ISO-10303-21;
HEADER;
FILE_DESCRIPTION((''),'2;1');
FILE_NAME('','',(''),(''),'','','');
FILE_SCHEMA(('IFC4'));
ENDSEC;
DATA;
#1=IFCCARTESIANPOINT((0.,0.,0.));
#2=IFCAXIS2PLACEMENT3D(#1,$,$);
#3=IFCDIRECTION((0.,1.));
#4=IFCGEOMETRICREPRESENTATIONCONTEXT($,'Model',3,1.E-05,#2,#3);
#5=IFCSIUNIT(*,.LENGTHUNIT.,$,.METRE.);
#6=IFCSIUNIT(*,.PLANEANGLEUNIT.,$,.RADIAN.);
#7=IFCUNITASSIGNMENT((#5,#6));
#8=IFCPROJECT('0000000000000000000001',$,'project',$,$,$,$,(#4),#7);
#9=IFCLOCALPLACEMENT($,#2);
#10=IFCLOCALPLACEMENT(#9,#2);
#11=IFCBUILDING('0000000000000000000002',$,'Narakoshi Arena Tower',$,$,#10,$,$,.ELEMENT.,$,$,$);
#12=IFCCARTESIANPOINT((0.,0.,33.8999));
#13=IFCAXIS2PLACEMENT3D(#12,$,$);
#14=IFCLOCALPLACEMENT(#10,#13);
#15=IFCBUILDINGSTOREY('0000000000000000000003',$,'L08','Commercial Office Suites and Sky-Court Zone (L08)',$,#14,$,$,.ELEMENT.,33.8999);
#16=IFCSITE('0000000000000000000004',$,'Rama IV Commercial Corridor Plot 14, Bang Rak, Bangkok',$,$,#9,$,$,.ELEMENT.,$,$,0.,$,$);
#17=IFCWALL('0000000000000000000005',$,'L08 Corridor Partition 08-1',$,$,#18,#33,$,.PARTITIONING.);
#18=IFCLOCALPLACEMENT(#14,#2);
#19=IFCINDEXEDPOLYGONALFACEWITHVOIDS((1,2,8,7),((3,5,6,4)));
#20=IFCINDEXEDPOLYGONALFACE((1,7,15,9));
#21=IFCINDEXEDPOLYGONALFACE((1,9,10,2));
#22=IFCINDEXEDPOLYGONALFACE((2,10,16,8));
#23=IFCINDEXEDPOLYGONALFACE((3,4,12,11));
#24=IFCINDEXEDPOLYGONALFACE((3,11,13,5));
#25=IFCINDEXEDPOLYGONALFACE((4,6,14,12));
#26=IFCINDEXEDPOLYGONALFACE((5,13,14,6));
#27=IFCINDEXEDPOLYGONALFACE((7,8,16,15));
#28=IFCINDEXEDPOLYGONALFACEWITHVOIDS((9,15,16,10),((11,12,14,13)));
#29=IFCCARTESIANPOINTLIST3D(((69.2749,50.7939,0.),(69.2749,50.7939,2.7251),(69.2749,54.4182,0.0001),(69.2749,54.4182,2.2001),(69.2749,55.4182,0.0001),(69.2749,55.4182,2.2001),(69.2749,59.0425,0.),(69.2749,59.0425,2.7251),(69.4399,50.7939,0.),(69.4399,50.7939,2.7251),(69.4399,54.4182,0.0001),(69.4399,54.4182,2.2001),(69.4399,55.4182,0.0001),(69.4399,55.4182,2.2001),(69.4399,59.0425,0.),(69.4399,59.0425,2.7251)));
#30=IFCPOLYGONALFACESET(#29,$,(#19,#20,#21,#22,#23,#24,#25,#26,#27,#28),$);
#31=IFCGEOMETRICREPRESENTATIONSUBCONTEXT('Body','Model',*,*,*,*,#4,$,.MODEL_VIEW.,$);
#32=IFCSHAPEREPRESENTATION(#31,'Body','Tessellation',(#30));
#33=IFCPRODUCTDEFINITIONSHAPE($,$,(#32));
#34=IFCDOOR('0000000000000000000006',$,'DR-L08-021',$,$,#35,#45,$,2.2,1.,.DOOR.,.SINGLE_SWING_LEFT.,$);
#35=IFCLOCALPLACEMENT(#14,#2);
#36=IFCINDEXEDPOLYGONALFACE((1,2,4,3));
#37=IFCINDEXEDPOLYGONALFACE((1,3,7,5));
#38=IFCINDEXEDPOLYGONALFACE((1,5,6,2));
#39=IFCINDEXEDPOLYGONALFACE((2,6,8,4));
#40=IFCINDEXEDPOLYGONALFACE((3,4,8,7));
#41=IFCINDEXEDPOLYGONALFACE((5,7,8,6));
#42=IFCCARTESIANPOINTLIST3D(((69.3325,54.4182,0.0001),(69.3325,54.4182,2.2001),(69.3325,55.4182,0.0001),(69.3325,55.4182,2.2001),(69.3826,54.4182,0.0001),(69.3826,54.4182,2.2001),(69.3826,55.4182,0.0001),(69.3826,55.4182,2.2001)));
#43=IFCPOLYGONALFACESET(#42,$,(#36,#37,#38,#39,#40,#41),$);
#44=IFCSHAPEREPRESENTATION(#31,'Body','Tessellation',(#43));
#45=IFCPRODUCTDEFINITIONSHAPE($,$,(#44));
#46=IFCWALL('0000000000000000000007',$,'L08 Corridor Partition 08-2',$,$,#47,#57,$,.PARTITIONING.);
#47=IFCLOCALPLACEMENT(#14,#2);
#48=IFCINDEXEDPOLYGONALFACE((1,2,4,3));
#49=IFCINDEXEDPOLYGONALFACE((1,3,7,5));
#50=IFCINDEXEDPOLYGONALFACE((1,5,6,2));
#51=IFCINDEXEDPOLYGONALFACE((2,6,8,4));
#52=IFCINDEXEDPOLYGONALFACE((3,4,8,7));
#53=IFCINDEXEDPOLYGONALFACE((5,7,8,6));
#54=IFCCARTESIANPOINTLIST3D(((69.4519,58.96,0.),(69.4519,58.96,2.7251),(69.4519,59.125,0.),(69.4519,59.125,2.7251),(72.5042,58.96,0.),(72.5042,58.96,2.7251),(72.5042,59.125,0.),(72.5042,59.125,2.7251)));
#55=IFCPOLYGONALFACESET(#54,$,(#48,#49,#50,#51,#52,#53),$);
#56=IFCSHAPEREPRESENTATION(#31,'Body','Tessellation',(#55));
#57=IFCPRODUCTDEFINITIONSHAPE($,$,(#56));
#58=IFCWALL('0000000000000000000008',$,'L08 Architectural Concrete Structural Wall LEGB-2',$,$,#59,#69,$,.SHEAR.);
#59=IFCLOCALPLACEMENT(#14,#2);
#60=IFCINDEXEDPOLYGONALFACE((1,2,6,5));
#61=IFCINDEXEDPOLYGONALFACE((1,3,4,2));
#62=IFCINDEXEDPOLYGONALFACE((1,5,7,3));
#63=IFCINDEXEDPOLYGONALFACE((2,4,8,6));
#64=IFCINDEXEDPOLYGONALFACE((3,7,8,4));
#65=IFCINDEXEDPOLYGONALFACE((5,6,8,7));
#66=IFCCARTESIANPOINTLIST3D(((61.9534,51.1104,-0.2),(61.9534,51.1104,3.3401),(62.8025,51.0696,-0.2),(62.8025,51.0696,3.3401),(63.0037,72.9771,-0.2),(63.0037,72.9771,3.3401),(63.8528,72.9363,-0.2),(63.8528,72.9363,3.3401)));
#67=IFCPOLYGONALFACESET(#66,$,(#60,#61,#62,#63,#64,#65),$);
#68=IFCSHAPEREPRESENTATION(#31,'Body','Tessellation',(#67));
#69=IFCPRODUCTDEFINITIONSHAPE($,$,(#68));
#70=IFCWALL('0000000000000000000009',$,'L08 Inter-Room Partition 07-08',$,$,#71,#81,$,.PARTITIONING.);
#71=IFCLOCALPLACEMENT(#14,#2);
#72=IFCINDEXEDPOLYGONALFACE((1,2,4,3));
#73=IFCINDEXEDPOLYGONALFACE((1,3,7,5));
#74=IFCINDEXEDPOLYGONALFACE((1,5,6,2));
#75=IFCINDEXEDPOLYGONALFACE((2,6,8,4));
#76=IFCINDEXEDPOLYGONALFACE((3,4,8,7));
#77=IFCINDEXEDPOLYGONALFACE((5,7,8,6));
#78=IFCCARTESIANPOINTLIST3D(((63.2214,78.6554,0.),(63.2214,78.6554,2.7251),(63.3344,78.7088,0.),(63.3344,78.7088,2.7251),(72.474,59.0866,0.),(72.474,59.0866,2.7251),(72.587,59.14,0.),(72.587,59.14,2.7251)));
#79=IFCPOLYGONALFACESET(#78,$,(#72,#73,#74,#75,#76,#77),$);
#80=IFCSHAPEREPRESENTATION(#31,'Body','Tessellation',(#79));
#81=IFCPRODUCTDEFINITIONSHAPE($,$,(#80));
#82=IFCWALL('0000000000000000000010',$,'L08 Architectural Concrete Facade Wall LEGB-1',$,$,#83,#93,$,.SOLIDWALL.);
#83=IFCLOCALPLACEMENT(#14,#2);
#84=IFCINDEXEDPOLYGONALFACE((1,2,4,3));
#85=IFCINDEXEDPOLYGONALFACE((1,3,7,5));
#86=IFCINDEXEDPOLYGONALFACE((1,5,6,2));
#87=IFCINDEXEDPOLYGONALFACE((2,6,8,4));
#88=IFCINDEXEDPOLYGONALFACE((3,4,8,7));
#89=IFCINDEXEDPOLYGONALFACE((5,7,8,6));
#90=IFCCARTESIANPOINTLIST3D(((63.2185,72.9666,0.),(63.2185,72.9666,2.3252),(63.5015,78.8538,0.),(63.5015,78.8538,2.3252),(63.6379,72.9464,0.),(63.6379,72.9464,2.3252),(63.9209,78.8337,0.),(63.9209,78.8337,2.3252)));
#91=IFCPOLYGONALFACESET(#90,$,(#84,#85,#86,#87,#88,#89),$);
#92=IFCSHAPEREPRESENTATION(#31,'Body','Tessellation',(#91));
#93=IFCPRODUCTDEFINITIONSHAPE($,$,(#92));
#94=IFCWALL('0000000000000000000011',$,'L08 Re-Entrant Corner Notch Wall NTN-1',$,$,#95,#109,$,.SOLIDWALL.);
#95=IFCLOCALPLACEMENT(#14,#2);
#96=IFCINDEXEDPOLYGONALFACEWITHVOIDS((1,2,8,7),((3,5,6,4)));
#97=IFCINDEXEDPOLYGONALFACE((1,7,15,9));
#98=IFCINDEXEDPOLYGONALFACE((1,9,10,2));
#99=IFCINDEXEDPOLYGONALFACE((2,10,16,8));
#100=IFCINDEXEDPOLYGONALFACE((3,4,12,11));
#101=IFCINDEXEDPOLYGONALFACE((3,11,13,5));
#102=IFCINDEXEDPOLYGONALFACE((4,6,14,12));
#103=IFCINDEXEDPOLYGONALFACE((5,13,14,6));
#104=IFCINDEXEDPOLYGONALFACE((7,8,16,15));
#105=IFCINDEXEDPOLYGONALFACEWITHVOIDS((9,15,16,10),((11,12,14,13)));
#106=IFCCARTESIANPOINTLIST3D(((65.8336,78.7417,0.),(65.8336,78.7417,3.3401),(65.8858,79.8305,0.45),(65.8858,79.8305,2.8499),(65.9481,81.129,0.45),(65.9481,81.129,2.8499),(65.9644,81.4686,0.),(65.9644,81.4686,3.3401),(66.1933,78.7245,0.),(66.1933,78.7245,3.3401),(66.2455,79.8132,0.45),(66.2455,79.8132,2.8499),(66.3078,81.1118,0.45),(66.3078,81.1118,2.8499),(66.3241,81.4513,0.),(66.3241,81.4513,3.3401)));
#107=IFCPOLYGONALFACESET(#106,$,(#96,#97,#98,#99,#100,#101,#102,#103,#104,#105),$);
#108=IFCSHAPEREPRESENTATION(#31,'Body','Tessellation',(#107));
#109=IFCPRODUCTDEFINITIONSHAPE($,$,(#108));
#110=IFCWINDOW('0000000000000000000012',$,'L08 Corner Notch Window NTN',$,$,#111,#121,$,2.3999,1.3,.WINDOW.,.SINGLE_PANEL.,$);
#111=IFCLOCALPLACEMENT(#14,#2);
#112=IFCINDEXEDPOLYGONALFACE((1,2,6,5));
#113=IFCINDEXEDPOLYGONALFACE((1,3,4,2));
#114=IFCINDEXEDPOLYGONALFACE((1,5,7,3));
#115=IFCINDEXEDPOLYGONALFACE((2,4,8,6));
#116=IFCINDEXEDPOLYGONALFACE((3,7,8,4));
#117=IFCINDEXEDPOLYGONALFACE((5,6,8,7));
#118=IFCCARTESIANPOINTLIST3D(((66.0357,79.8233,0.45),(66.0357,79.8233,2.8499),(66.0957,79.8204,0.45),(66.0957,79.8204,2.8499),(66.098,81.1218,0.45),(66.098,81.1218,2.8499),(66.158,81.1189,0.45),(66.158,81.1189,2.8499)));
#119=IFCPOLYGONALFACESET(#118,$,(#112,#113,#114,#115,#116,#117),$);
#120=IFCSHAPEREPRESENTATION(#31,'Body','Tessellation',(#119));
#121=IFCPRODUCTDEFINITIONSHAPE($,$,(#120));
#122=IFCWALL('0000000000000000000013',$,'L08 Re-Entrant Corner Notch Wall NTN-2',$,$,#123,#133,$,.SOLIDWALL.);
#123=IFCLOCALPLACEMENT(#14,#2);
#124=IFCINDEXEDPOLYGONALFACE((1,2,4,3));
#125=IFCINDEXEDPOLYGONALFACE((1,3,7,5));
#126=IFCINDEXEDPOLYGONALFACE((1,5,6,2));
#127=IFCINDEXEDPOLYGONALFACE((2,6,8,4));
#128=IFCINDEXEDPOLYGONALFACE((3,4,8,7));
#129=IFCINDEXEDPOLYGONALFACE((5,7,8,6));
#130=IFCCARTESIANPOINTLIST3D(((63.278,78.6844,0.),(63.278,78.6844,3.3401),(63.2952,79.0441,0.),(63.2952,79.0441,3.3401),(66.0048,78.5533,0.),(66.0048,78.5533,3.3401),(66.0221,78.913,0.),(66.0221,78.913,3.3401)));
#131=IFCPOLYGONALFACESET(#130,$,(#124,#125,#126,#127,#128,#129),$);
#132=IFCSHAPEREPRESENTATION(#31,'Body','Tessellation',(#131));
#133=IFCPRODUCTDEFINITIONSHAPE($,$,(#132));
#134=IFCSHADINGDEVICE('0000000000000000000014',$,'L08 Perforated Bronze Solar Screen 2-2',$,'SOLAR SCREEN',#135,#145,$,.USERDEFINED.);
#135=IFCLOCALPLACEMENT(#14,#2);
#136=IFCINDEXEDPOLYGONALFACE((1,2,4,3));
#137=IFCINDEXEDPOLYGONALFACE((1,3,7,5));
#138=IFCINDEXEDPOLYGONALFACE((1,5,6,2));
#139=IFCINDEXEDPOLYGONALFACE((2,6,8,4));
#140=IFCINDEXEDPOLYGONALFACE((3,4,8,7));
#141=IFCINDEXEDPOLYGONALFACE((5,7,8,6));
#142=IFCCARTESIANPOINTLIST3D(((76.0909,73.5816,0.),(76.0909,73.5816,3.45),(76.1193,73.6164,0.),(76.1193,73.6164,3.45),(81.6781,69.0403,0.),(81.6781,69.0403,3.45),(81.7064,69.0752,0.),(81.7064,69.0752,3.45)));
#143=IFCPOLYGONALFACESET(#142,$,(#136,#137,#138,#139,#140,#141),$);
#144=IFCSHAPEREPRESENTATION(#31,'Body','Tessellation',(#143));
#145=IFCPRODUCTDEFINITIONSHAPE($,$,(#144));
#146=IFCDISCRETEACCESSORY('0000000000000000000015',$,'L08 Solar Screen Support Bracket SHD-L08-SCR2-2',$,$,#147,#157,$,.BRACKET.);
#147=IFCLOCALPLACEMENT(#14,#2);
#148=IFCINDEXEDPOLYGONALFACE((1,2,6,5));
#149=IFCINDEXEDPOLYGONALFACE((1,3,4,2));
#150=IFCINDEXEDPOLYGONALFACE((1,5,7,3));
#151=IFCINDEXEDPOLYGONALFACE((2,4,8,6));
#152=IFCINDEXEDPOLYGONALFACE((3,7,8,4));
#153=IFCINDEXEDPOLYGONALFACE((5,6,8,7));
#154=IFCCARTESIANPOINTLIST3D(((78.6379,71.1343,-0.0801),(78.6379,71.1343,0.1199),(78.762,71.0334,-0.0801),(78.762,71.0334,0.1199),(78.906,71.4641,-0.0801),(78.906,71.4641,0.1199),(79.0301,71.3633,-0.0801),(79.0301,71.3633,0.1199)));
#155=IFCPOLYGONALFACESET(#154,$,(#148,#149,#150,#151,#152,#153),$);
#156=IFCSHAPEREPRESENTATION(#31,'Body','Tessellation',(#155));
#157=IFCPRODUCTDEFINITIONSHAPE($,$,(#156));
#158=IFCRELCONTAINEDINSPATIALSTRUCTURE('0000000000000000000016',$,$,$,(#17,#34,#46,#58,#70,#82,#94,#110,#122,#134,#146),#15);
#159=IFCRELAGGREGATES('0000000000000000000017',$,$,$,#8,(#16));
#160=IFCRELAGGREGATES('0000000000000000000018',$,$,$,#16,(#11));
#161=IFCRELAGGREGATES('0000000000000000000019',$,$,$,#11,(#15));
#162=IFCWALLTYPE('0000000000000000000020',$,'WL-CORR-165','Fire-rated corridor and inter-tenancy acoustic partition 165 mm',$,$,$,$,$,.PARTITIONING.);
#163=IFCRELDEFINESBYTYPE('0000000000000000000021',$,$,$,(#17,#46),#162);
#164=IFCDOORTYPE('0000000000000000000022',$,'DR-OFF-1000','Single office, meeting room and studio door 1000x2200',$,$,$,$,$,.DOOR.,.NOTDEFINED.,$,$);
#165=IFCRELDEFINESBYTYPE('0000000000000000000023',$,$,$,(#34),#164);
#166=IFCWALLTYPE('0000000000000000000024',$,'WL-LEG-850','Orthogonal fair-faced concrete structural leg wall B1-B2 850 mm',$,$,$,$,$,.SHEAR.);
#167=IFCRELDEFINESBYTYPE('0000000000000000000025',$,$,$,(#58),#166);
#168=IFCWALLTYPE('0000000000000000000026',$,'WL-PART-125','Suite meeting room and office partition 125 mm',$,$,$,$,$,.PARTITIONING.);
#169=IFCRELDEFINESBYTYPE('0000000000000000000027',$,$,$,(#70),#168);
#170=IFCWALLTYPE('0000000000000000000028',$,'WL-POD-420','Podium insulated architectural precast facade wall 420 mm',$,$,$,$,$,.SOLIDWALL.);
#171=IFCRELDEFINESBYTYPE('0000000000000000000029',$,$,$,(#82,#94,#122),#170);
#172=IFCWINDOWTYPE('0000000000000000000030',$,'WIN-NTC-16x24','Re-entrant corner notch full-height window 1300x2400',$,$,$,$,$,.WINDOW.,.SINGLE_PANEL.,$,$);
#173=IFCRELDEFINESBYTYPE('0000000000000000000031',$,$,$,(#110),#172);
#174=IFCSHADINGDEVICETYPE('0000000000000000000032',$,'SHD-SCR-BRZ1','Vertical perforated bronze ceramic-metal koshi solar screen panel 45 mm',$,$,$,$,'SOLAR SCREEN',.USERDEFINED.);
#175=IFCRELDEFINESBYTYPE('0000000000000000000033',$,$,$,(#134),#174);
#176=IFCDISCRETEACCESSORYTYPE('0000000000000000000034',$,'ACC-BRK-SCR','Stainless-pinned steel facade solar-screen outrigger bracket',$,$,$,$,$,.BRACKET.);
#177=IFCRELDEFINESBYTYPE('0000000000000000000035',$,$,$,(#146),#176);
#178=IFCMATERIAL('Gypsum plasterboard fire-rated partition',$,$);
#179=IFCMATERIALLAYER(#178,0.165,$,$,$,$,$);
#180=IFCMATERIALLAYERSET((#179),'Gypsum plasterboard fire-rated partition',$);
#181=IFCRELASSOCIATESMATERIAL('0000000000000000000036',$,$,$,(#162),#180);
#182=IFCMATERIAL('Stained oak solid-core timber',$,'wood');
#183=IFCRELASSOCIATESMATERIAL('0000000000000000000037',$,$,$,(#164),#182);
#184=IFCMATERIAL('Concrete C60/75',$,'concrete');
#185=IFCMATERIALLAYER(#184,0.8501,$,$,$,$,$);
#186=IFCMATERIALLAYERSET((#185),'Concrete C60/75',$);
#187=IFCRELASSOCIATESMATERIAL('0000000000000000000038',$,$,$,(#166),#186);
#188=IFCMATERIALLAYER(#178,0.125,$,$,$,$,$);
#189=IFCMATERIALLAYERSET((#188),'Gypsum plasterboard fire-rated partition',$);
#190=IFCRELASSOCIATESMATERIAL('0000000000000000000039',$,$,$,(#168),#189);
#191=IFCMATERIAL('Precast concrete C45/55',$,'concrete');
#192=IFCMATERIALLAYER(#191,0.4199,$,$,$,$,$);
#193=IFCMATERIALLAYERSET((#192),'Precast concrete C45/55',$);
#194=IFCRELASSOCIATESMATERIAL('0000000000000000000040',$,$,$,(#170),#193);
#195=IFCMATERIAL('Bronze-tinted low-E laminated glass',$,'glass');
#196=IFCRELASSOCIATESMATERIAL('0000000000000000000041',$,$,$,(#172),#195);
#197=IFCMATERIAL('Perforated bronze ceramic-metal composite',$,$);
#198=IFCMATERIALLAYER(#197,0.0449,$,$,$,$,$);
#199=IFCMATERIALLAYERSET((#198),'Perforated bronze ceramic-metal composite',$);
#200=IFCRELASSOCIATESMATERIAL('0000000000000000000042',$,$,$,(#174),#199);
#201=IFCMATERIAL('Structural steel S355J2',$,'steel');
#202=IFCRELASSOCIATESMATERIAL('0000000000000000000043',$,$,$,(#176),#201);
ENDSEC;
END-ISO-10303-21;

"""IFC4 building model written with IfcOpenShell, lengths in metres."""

from ifc_helpers import new_model, si_unit, direction, frame, frame_2d, origin, origin_2d, place, context, subcontext, project, spatial, rectangle, extrude, material, layer, layer_set, type_object, element, fill, save


model = new_model("IFC4")

# Units and contexts
model_context = context("Model", 3, precision=1e-05, world=origin(), true_north=direction((0.0, 1.0)))
body_context = subcontext(model_context, "Body", "Model", "MODEL_VIEW")
ifc_project = project(units=[si_unit("LENGTHUNIT", "METRE"), si_unit("PLANEANGLEUNIT", "RADIAN")], contexts=[model_context])

# Site, building, storey
site_placement = place(None, origin())
site = spatial("IfcSite", under=ifc_project, at=site_placement, Name="Rama IV Commercial Corridor Plot 14, Bang Rak, Bangkok", CompositionType="ELEMENT", RefElevation=0.0)
building_placement = place(site_placement, origin())
building = spatial("IfcBuilding", under=site, at=building_placement, Name="Narakoshi Arena Tower", CompositionType="ELEMENT")
storey_placement = place(building_placement, frame((0.0, 0.0, 33.8999)))
storey = spatial("IfcBuildingStorey", under=building, at=storey_placement, Name="L08", Description="Commercial Office Suites and Sky-Court Zone (L08)", CompositionType="ELEMENT", Elevation=33.8999)

# Shared definitions
ifc_material_1 = material(Name="Concrete C60/75", Category="concrete")

# Shared definitions
ifc_material_2 = material(Name="Structural steel S355J2", Category="steel")

# Shared definitions
ifc_material_3 = material(Name="Bronze-tinted low-E laminated glass", Category="glass")

# Wall, opening, door
ifc_material_4 = material(Name="Gypsum plasterboard fire-rated partition")
ifc_layer_1 = layer(ifc_material_4, 0.165)
ifc_layer_set_1 = layer_set([ifc_layer_1], Name="Gypsum plasterboard fire-rated partition")
wall_type_1 = type_object("IfcWallType", Name="WL-CORR-165", Description="Fire-rated corridor and inter-tenancy acoustic partition 165 mm", PredefinedType="PARTITIONING", material=ifc_layer_set_1)
wall_1_placement = place(storey_placement, frame((69.3574, 59.0425, 0.0), z_axis=(0.0, 0.0, 1.0), x_axis=(0.0, -1.0, 0.0)))
wall_1 = element("IfcWall", 1, at=wall_1_placement, inside=storey, type_object=wall_type_1, Name="L08 Corridor Partition 08-1", PredefinedType="PARTITIONING", context=body_context, shape_type="SweptSolid", body=[
    extrude(rectangle(XDim=8.2485, YDim=0.165, at=frame_2d((4.1243, 0.0))), origin(), (0.0, 0.0, 1.0), 2.7251),
])
opening_1_placement = place(wall_1_placement, frame((3.6243, 0.0, 0.0)))
opening_1 = element("IfcOpeningElement", 2, at=opening_1_placement, cuts=wall_1, PredefinedType="OPENING", context=body_context, shape_type="SweptSolid", body=[
    extrude(rectangle(XDim=1.0, YDim=2.2, at=frame_2d((0.5, 1.1001))), frame((0.0, 0.0925, 0.0), z_axis=(0.0, -1.0, 0.0), x_axis=(1.0, 0.0, 0.0)), (0.0, 0.0, 1.0), 0.1851),
])
ifc_material_5 = material(Name="Stained oak solid-core timber", Category="wood")
door_type = type_object("IfcDoorType", Name="DR-OFF-1000", Description="Single office, meeting room and studio door 1000x2200", OperationType="NOTDEFINED", PredefinedType="DOOR", material=ifc_material_5)
door_placement = place(opening_1_placement, frame((1.0, 0.0, 0.0), z_axis=(0.0, 0.0, 1.0), x_axis=(-1.0, 0.0, 0.0)))
door = element("IfcDoor", 3, at=door_placement, inside=storey, type_object=door_type, Name="DR-L08-021", OperationType="SINGLE_SWING_LEFT", OverallHeight=2.2, OverallWidth=1.0, PredefinedType="DOOR", context=body_context, shape_type="SweptSolid", body=[
    extrude(rectangle(XDim=1.0, YDim=2.2, at=frame_2d((0.5, 1.1001))), frame((0.0, 0.0249, 0.0), z_axis=(0.0, -1.0, 0.0), x_axis=(1.0, 0.0, 0.0)), (0.0, 0.0, 1.0), 0.05),
])
fill(opening_1, door)

# Walls
wall_2_placement = place(storey_placement, frame((72.5042, 59.0425, 0.0), z_axis=(0.0, 0.0, 1.0), x_axis=(-1.0, 0.0, 0.0)))
element("IfcWall", 4, at=wall_2_placement, inside=storey, type_object=wall_type_1, Name="L08 Corridor Partition 08-2", PredefinedType="PARTITIONING", context=body_context, shape_type="SweptSolid", body=[
    extrude(rectangle(XDim=3.0522, YDim=0.165, at=frame_2d((1.5261, 0.0))), origin(), (0.0, 0.0, 1.0), 2.7251),
])
ifc_layer_2 = layer(ifc_material_1, 0.8501)
ifc_layer_set_2 = layer_set([ifc_layer_2], Name="Concrete C60/75")
wall_type_2 = type_object("IfcWallType", Name="WL-LEG-850", Description="Orthogonal fair-faced concrete structural leg wall B1-B2 850 mm", PredefinedType="SHEAR", material=ifc_layer_set_2)
wall_3_placement = place(storey_placement, frame((63.4282, 72.9565, -0.2), z_axis=(0.0, 0.0, 1.0), x_axis=(-0.047976, -0.998848, 0.0)))
element("IfcWall", 5, at=wall_3_placement, inside=storey, type_object=wall_type_2, Name="L08 Architectural Concrete Structural Wall LEGB-2", PredefinedType="SHEAR", context=body_context, shape_type="SweptSolid", body=[
    extrude(rectangle(XDim=21.8918, YDim=0.8501, at=frame_2d((10.9458, 0.0))), origin(), (0.0, 0.0, 1.0), 3.54),
])
ifc_layer_3 = layer(ifc_material_4, 0.125)
ifc_layer_set_3 = layer_set([ifc_layer_3], Name="Gypsum plasterboard fire-rated partition")
wall_type_3 = type_object("IfcWallType", Name="WL-PART-125", Description="Suite meeting room and office partition 125 mm", PredefinedType="PARTITIONING", material=ifc_layer_set_3)
wall_4_placement = place(storey_placement, frame((72.5305, 59.1133, 0.0), z_axis=(0.0, 0.0, 1.0), x_axis=(-0.427454, 0.904037, 0.0)))
element("IfcWall", 6, at=wall_4_placement, inside=storey, type_object=wall_type_3, Name="L08 Inter-Room Partition 07-08", PredefinedType="PARTITIONING", context=body_context, shape_type="SweptSolid", body=[
    extrude(rectangle(XDim=21.646, YDim=0.125, at=frame_2d((10.823, 0.0))), origin(), (0.0, 0.0, 1.0), 2.7251),
])
ifc_material_6 = material(Name="Precast concrete C45/55", Category="concrete")
ifc_layer_4 = layer(ifc_material_6, 0.4199)
ifc_layer_set_4 = layer_set([ifc_layer_4], Name="Precast concrete C45/55")
wall_type_4 = type_object("IfcWallType", Name="WL-POD-420", Description="Podium insulated architectural precast facade wall 420 mm", PredefinedType="SOLIDWALL", material=ifc_layer_set_4)
wall_5_placement = place(storey_placement, frame((63.7112, 78.8438, 0.0), z_axis=(0.0, 0.0, 1.0), x_axis=(-0.048008, -0.998847, 0.0)))
element("IfcWall", 7, at=wall_5_placement, inside=storey, type_object=wall_type_4, Name="L08 Architectural Concrete Facade Wall LEGB-1", PredefinedType="SOLIDWALL", context=body_context, shape_type="SweptSolid", body=[
    extrude(rectangle(XDim=5.894, YDim=0.4199, at=frame_2d((2.947, 0.0))), origin(), (0.0, 0.0, 1.0), 2.3252),
])

# Wall, opening, window
wall_6_placement = place(storey_placement, frame((66.1443, 81.46, 0.0), z_axis=(0.0, 0.0, 1.0), x_axis=(-0.047935, -0.99885, 0.0)))
wall_6 = element("IfcWall", 8, at=wall_6_placement, inside=storey, type_object=wall_type_4, Name="L08 Re-Entrant Corner Notch Wall NTN-1", PredefinedType="SOLIDWALL", context=body_context, shape_type="SweptSolid", body=[
    extrude(rectangle(XDim=2.73, YDim=0.3601, at=frame_2d((1.365, 0.0))), origin(), (0.0, 0.0, 1.0), 3.3401),
])
opening_2_placement = place(wall_6_placement, frame((0.3401, 0.0, 0.45)))
opening_2 = element("IfcOpeningElement", 9, at=opening_2_placement, cuts=wall_6, PredefinedType="OPENING", context=body_context, shape_type="SweptSolid", body=[
    extrude(rectangle(XDim=1.3, YDim=2.3999, at=frame_2d((0.6499, 1.2))), frame((0.0, 0.1899, 0.0), z_axis=(0.0, -1.0, 0.0), x_axis=(1.0, 0.0, 0.0)), (0.0, 0.0, 1.0), 0.3801),
])
window_type = type_object("IfcWindowType", Name="WIN-NTC-16x24", Description="Re-entrant corner notch full-height window 1300x2400", PartitioningType="SINGLE_PANEL", PredefinedType="WINDOW", material=ifc_material_3)
window_placement = place(opening_2_placement, origin())
window = element("IfcWindow", 10, at=window_placement, inside=storey, type_object=window_type, Name="L08 Corner Notch Window NTN", OverallHeight=2.3999, OverallWidth=1.3, PartitioningType="SINGLE_PANEL", PredefinedType="WINDOW", context=body_context, shape_type="SweptSolid", body=[
    extrude(rectangle(XDim=1.3, YDim=2.3999, at=frame_2d((0.6499, 1.2))), frame((0.0, 0.03, 0.0), z_axis=(0.0, -1.0, 0.0), x_axis=(1.0, 0.0, 0.0)), (0.0, 0.0, 1.0), 0.0601),
])
fill(opening_2, window)

# Wall
wall_7_placement = place(storey_placement, frame((66.0134, 78.7332, 0.0), z_axis=(0.0, 0.0, 1.0), x_axis=(-0.998846, 0.048024, 0.0)))
element("IfcWall", 11, at=wall_7_placement, inside=storey, type_object=wall_type_4, Name="L08 Re-Entrant Corner Notch Wall NTN-2", PredefinedType="SOLIDWALL", context=body_context, shape_type="SweptSolid", body=[
    extrude(rectangle(XDim=2.73, YDim=0.3601, at=frame_2d((1.365, 0.0))), origin(), (0.0, 0.0, 1.0), 3.3401),
])

# Shading device
ifc_material_7 = material(Name="Perforated bronze ceramic-metal composite")
ifc_layer_5 = layer(ifc_material_7, 0.0449)
ifc_layer_set_5 = layer_set([ifc_layer_5], Name="Perforated bronze ceramic-metal composite")
shading_device_type = type_object("IfcShadingDeviceType", Name="SHD-SCR-BRZ1", Description="Vertical perforated bronze ceramic-metal koshi solar screen panel 45 mm", ElementType="SOLAR SCREEN", PredefinedType="USERDEFINED", material=ifc_layer_set_5)
shading_device_placement = place(storey_placement, frame((78.8987, 71.3284, 0.0), z_axis=(0.0, 0.0, 1.0), x_axis=(-0.776002, 0.63073, 0.0)))
element("IfcShadingDevice", 12, at=shading_device_placement, inside=storey, type_object=shading_device_type, Name="L08 Perforated Bronze Solar Screen 2-2", ObjectType="SOLAR SCREEN", PredefinedType="USERDEFINED", context=body_context, shape_type="SweptSolid", body=[
    extrude(rectangle(XDim=7.2, YDim=0.0449, at=origin_2d()), origin(), (0.0, 0.0, 1.0), 3.45),
])

# Discrete accessory
discrete_accessory_type = type_object("IfcDiscreteAccessoryType", Name="ACC-BRK-SCR", Description="Stainless-pinned steel facade solar-screen outrigger bracket", PredefinedType="BRACKET", material=ifc_material_2)
discrete_accessory_placement = place(storey_placement, frame((78.834, 71.2488, -0.0801), z_axis=(0.0, 0.0, 1.0), x_axis=(-0.776002, 0.63073, 0.0)))
element("IfcDiscreteAccessory", 13, at=discrete_accessory_placement, inside=storey, type_object=discrete_accessory_type, Name="L08 Solar Screen Support Bracket SHD-L08-SCR2-2", PredefinedType="BRACKET", context=body_context, shape_type="SweptSolid", body=[
    extrude(rectangle(XDim=0.1599, YDim=0.425, at=origin_2d()), origin(), (0.0, 0.0, 1.0), 0.2),
])

save(model, "model.ifc")
